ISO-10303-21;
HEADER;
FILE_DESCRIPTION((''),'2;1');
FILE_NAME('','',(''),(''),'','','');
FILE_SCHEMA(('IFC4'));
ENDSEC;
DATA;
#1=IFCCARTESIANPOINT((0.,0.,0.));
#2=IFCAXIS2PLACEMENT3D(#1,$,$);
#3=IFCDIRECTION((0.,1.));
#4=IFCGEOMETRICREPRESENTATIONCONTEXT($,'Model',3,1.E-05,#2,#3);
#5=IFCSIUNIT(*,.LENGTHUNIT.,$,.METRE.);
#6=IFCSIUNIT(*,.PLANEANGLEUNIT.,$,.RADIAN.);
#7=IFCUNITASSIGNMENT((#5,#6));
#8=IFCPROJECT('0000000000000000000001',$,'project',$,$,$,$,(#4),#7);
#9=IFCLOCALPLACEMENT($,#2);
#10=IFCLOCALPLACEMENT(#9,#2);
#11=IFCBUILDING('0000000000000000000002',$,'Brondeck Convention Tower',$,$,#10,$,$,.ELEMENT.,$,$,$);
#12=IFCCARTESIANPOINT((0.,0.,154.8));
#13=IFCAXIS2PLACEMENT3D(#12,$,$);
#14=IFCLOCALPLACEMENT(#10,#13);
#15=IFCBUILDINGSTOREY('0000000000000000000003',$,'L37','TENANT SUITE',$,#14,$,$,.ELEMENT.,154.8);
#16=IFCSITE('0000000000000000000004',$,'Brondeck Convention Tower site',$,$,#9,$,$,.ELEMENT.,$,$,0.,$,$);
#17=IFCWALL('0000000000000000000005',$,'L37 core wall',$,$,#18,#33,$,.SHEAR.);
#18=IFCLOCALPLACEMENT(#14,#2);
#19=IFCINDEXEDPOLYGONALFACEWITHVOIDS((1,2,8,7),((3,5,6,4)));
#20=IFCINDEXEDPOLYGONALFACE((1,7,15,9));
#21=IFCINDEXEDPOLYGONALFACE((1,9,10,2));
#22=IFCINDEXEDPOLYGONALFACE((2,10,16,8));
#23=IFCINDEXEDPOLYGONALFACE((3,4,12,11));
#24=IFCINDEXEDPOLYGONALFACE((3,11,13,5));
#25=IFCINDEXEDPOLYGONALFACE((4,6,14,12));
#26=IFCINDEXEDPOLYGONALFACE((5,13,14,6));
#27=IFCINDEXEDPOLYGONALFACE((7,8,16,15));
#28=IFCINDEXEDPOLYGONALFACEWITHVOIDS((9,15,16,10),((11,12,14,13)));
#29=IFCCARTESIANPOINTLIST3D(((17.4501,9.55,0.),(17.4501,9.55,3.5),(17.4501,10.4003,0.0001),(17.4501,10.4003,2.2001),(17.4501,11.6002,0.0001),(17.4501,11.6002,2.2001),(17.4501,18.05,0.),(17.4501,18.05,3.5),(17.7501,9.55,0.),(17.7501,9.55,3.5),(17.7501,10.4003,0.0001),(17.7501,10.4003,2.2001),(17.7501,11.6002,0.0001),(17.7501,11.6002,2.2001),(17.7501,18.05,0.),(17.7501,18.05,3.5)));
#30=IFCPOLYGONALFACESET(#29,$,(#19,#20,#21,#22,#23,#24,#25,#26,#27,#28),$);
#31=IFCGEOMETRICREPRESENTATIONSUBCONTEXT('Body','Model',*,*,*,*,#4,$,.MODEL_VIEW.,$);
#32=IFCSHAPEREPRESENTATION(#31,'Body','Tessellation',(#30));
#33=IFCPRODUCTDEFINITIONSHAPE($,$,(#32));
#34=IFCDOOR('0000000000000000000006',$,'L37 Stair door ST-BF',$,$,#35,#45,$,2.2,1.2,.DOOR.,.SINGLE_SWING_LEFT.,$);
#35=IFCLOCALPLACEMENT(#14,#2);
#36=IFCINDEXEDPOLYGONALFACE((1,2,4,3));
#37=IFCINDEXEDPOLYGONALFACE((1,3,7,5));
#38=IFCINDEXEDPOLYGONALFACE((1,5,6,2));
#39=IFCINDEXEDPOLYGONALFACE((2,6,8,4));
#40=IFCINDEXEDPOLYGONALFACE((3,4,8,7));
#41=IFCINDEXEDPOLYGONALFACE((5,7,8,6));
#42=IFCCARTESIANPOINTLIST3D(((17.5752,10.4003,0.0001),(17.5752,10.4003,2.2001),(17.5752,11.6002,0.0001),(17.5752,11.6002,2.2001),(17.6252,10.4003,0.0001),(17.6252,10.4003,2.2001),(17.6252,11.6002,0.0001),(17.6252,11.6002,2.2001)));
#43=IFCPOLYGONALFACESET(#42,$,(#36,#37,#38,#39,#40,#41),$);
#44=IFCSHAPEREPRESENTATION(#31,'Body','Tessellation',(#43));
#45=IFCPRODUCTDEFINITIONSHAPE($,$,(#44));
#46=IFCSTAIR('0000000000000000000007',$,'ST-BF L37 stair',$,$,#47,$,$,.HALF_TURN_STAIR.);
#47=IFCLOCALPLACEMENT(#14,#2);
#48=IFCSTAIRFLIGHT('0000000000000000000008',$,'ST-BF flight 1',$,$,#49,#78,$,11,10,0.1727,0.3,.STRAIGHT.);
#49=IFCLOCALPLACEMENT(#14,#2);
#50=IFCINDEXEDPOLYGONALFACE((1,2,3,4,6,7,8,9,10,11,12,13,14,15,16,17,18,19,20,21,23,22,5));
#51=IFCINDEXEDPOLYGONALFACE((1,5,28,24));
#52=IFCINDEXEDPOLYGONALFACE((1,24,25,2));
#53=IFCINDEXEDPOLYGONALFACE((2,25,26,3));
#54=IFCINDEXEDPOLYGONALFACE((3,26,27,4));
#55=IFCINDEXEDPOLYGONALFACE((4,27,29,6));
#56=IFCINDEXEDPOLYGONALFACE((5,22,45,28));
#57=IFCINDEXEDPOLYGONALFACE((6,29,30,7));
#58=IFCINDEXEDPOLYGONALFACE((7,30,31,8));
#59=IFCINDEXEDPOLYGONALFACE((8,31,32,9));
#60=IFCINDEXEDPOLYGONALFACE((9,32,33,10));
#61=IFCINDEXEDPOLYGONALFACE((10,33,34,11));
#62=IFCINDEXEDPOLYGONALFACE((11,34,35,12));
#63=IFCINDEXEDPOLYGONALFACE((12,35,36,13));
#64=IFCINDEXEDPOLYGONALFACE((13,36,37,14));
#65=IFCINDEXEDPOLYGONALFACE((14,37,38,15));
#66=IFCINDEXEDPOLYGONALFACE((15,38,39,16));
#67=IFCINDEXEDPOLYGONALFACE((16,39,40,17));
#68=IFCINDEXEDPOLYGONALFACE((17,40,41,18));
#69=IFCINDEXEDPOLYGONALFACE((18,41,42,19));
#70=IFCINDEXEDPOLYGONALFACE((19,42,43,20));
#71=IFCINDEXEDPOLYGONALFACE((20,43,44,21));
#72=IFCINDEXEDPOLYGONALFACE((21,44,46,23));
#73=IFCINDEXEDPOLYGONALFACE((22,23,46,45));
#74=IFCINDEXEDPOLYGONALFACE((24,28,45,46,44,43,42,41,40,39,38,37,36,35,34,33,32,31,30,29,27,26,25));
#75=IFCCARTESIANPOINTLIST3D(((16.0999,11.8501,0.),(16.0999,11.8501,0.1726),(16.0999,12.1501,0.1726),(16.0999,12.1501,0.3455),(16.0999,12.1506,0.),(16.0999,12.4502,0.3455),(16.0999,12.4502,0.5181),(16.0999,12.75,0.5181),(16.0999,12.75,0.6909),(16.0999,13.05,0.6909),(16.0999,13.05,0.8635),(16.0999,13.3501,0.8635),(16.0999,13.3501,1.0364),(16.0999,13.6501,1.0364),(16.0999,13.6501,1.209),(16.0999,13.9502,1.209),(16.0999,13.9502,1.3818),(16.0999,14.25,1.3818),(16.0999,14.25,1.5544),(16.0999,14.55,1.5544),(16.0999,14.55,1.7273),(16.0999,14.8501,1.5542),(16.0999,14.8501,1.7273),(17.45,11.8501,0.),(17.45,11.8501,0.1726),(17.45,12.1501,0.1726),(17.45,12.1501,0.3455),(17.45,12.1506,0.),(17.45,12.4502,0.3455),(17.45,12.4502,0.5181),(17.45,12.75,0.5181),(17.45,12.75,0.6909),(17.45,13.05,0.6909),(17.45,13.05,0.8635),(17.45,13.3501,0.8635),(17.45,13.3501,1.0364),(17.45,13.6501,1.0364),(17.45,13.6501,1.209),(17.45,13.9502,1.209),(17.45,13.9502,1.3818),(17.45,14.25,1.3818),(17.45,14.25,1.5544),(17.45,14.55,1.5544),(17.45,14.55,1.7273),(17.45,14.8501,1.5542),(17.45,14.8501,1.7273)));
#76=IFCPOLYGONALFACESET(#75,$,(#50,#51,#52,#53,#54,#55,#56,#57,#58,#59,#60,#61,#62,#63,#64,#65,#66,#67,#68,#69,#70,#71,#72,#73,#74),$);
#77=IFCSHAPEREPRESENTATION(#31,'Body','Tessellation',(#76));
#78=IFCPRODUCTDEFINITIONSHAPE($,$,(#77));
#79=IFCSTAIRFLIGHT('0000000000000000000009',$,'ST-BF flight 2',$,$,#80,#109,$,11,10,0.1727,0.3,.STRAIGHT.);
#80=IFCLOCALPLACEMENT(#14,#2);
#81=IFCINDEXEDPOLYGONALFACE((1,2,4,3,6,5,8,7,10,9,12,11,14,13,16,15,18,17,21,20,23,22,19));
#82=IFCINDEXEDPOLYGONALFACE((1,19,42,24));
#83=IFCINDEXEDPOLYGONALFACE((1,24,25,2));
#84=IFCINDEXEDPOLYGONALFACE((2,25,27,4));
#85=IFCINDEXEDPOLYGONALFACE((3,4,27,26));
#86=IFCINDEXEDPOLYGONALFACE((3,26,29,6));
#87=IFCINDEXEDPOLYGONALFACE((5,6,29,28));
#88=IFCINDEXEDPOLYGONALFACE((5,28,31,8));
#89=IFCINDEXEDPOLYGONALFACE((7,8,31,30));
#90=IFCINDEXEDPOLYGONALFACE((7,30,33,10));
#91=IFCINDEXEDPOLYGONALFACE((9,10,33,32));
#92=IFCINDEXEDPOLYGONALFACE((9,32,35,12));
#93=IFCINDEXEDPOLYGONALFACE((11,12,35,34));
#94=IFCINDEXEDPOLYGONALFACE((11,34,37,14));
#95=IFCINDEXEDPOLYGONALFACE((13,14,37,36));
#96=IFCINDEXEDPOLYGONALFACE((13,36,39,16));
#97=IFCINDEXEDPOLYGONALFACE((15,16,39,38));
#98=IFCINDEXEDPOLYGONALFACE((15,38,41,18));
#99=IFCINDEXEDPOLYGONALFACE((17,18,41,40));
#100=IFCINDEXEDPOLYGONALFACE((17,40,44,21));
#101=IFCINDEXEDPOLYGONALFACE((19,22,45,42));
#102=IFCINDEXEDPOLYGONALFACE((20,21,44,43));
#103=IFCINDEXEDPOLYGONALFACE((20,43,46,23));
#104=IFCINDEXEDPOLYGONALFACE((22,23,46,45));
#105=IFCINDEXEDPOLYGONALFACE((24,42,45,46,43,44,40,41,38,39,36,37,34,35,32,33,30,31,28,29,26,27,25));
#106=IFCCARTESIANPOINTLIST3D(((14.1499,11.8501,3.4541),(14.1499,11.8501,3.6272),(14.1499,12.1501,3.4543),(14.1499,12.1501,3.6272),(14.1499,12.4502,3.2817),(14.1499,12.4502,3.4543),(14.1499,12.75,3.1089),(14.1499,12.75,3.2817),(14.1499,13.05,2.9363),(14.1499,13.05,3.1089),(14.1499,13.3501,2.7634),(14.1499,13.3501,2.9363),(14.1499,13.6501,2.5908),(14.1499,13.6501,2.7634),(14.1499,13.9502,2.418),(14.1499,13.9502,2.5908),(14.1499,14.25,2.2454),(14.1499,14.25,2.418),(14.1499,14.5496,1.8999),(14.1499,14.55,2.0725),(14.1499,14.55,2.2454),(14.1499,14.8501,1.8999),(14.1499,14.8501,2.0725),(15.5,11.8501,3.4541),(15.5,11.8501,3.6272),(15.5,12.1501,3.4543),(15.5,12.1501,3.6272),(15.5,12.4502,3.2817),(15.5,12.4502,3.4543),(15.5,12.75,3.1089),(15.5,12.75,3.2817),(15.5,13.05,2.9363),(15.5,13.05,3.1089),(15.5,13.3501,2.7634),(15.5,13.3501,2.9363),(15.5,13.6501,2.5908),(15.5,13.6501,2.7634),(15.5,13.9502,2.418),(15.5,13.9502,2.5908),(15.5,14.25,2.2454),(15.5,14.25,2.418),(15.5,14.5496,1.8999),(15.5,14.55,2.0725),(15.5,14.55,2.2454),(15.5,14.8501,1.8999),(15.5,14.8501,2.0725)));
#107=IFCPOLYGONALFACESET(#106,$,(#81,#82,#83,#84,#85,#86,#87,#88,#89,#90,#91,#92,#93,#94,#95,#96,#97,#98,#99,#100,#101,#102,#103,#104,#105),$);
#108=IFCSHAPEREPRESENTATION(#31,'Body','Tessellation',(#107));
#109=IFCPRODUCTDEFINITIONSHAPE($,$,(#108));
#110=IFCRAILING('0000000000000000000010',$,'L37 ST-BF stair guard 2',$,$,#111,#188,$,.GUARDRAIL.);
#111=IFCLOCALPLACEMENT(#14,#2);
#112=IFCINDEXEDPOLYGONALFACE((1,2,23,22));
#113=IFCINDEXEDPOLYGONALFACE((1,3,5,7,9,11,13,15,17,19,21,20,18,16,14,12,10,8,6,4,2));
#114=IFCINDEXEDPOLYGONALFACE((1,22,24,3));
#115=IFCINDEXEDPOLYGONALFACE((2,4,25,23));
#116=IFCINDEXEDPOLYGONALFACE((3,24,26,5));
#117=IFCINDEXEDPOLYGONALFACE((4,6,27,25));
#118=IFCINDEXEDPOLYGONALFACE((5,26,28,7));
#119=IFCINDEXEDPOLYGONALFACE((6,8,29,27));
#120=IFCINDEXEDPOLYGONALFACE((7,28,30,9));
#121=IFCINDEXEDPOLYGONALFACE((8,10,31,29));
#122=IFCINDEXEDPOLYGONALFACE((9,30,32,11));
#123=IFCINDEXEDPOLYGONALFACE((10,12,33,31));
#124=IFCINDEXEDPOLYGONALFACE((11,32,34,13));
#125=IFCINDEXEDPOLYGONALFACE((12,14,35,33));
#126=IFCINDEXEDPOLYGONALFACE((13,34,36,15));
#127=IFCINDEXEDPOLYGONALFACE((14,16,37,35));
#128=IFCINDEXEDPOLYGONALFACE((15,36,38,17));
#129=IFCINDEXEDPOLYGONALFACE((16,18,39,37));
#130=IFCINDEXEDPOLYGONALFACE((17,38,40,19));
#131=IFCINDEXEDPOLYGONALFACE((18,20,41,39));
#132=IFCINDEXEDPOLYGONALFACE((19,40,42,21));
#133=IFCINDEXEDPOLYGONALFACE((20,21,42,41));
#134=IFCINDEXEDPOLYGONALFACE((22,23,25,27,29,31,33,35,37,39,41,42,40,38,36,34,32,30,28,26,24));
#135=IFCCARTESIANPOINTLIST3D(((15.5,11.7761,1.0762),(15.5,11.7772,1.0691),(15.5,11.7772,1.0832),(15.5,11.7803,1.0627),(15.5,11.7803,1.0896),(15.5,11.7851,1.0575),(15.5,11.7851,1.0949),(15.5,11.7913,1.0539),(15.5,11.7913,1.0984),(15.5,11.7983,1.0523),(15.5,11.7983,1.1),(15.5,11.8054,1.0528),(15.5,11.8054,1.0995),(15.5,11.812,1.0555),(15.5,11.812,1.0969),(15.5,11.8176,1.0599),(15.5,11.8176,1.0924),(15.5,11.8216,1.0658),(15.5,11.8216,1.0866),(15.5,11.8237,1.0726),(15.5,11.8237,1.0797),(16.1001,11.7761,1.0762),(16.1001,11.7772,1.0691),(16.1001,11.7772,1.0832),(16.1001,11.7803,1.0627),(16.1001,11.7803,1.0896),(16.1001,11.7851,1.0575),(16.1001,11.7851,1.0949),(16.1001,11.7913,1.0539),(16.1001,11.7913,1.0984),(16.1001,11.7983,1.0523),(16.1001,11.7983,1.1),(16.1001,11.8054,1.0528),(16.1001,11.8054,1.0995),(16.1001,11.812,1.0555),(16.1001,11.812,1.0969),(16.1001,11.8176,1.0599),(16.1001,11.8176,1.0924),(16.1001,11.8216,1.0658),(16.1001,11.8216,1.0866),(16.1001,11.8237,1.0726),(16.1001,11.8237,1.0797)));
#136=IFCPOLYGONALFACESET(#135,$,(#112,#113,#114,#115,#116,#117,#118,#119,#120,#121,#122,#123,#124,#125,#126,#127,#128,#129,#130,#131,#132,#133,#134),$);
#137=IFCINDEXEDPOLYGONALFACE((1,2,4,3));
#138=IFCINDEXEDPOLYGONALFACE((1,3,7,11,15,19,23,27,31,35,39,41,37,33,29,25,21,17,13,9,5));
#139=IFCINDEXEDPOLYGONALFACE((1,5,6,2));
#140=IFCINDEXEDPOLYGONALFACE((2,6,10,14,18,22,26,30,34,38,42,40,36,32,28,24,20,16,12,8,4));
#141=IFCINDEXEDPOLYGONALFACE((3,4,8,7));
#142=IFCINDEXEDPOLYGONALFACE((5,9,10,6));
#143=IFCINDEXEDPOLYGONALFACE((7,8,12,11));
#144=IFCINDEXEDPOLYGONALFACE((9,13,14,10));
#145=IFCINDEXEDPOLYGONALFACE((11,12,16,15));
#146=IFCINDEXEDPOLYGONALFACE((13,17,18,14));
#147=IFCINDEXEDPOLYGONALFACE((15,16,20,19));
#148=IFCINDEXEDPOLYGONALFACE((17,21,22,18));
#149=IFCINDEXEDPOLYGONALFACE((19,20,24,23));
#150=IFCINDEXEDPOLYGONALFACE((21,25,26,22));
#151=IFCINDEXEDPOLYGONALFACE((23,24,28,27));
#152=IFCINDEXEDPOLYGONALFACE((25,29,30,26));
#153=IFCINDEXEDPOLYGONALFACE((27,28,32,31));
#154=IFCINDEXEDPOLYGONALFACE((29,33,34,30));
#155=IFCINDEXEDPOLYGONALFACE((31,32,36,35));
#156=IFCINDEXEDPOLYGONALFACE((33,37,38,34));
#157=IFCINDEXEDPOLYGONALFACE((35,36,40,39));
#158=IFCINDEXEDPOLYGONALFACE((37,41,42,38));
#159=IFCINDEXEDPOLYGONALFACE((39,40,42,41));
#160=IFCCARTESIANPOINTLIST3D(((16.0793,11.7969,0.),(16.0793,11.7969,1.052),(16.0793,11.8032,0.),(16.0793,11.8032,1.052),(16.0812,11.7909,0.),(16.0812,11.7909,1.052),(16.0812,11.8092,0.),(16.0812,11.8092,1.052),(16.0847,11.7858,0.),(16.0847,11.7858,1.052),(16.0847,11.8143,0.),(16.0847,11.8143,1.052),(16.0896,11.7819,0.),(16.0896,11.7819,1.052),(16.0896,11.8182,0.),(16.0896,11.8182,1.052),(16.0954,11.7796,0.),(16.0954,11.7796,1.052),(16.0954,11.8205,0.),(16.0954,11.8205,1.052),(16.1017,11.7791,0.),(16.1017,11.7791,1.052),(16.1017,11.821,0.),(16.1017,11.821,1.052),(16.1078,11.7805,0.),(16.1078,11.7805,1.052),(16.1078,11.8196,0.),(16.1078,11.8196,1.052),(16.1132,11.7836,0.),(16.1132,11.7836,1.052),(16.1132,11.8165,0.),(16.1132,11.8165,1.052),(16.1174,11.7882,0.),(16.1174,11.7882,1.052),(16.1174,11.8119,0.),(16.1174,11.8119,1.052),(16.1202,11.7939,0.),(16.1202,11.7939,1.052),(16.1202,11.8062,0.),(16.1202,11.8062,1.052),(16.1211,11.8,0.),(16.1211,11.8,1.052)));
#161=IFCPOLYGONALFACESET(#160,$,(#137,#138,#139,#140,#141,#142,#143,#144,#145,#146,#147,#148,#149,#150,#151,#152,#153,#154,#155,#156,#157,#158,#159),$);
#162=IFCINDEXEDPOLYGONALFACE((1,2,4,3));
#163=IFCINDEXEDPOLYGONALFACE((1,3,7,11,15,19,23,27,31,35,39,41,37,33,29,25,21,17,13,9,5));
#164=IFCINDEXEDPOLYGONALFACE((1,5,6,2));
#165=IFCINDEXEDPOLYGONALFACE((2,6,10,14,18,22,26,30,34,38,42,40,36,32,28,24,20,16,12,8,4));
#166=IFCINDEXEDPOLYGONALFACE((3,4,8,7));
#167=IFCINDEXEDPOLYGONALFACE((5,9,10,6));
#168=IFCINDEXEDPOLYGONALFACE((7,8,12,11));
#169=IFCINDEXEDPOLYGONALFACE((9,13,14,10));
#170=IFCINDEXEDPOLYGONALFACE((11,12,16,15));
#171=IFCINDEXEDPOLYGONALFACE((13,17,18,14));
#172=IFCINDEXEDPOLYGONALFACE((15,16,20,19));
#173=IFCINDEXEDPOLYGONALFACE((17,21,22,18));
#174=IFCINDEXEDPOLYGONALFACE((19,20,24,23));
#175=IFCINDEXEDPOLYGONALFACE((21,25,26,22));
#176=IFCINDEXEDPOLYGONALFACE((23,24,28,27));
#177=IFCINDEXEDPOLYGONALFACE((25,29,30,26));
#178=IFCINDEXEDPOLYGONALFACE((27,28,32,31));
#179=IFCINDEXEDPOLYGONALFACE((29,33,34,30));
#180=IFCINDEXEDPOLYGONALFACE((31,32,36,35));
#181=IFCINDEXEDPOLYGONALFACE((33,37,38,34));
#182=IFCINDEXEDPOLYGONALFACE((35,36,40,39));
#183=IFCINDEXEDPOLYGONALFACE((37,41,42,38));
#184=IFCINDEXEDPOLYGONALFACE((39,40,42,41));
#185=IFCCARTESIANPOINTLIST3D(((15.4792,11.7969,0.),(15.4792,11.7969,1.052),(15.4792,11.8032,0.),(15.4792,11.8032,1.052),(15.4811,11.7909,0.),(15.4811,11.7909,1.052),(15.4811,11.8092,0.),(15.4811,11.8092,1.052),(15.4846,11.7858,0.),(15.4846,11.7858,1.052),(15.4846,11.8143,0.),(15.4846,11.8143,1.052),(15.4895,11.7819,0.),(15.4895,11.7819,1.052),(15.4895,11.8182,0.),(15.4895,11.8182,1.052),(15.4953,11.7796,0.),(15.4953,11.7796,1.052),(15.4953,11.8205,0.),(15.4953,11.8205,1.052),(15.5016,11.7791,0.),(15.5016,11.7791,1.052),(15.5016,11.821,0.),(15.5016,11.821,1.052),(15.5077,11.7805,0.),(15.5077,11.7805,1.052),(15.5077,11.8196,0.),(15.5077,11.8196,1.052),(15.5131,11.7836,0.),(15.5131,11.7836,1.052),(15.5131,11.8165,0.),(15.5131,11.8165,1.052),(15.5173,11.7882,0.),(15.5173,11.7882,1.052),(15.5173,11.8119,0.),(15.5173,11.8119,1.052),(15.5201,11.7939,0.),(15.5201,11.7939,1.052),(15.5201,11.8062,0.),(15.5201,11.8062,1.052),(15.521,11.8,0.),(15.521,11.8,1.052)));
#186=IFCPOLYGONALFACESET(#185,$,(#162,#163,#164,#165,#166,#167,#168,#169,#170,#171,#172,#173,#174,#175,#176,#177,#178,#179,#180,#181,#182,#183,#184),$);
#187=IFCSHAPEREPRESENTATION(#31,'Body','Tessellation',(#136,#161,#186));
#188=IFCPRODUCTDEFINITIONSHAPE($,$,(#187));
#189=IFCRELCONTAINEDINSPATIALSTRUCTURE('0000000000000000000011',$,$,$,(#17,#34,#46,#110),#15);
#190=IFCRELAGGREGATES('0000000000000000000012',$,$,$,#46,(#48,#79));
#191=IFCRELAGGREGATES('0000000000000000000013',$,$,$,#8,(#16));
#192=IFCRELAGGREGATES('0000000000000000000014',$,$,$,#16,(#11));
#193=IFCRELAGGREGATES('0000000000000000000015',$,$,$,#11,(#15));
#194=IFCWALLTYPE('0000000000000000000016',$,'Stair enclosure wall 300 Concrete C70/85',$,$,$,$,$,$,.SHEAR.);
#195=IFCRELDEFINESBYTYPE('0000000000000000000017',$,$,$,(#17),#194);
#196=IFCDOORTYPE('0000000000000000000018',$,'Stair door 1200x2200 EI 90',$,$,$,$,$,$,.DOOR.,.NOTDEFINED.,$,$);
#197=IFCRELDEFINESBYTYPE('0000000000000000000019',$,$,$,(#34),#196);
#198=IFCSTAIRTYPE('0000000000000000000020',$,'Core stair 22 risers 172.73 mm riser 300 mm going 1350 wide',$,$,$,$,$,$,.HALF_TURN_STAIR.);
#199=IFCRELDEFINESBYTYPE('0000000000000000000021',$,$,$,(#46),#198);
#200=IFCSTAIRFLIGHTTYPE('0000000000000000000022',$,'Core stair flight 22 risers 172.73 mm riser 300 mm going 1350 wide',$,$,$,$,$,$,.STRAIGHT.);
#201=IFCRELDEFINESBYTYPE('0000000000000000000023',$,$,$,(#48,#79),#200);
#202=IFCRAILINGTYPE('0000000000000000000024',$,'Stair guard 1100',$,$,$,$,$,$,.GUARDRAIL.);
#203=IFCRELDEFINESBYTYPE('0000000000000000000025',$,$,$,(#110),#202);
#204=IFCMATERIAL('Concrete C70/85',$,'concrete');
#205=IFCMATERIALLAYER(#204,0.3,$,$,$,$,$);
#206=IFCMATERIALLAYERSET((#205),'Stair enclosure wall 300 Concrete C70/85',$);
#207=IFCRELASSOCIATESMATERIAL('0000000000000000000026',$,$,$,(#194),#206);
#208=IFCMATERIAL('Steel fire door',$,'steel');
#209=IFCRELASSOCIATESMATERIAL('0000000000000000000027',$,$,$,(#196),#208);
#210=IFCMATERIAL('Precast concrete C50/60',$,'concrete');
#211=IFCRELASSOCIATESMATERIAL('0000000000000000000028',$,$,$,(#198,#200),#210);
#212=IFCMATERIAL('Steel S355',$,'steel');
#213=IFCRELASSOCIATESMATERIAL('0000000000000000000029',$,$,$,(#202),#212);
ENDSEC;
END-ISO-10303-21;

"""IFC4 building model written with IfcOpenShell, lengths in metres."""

from ifc_helpers import new_model, si_unit, direction, frame, frame_2d, origin, origin_2d, place, context, subcontext, project, spatial, polyline, rectangle, circle, outline, extrude, material, layer, layer_set, type_object, element, fill, aggregate, save


model = new_model("IFC4")

# Units and contexts
model_context = context("Model", 3, precision=1e-05, world=origin(), true_north=direction((0.0, 1.0)))
body_context = subcontext(model_context, "Body", "Model", "MODEL_VIEW")
ifc_project = project(units=[si_unit("LENGTHUNIT", "METRE"), si_unit("PLANEANGLEUNIT", "RADIAN")], contexts=[model_context])

# Site, building, storey
site_placement = place(None, origin())
site = spatial("IfcSite", under=ifc_project, at=site_placement, Name="Brondeck Convention Tower site", CompositionType="ELEMENT", RefElevation=0.0)
building_placement = place(site_placement, origin())
building = spatial("IfcBuilding", under=site, at=building_placement, Name="Brondeck Convention Tower", CompositionType="ELEMENT")
storey_placement = place(building_placement, frame((0.0, 0.0, 154.8)))
storey = spatial("IfcBuildingStorey", under=building, at=storey_placement, Name="L37", Description="TENANT SUITE", CompositionType="ELEMENT", Elevation=154.8)

# Shared definitions
ifc_material_1 = material(Name="Concrete C70/85", Category="concrete")

# Shared definitions
ifc_material_2 = material(Name="Steel S355", Category="steel")

# Shared definitions
ifc_layer_1 = layer(ifc_material_1, 0.3)
ifc_layer_set_1 = layer_set([ifc_layer_1], Name="Stair enclosure wall 300 Concrete C70/85")
wall_type_1 = type_object("IfcWallType", Name="Stair enclosure wall 300 Concrete C70/85", PredefinedType="SHEAR", material=ifc_layer_set_1)

# Wall, opening, door
wall_1_placement = place(storey_placement, frame((17.6001, 9.55, 0.0), z_axis=(0.0, 0.0, 1.0), x_axis=(0.0, 1.0, 0.0)))
wall_1 = element("IfcWall", 1, at=wall_1_placement, inside=storey, type_object=wall_type_1, Name="L37 core wall", PredefinedType="SHEAR", context=body_context, shape_type="SweptSolid", body=[
    extrude(rectangle(XDim=8.5, YDim=0.3, at=frame_2d((4.25, 0.0))), origin(), (0.0, 0.0, 1.0), 3.5),
])
opening_1_placement = place(wall_1_placement, frame((0.8501, 0.0, 0.0)))
opening_1 = element("IfcOpeningElement", 2, at=opening_1_placement, cuts=wall_1, PredefinedType="OPENING", context=body_context, shape_type="SweptSolid", body=[
    extrude(rectangle(XDim=1.2, YDim=2.2, at=frame_2d((0.6001, 1.1001))), frame((0.0, 0.1599, 0.0), z_axis=(0.0, -1.0, 0.0), x_axis=(1.0, 0.0, 0.0)), (0.0, 0.0, 1.0), 0.3201),
])
ifc_material_3 = material(Name="Steel fire door", Category="steel")
door_type_1 = type_object("IfcDoorType", Name="Stair door 1200x2200 EI 90", OperationType="NOTDEFINED", PredefinedType="DOOR", material=ifc_material_3)
door_1_placement = place(opening_1_placement, origin())
door_1 = element("IfcDoor", 3, at=door_1_placement, inside=storey, type_object=door_type_1, Name="L37 Stair door ST-BF", OperationType="SINGLE_SWING_LEFT", OverallHeight=2.2, OverallWidth=1.2, PredefinedType="DOOR", context=body_context, shape_type="SweptSolid", body=[
    extrude(rectangle(XDim=1.2, YDim=2.2, at=frame_2d((0.6001, 1.1001))), frame((0.0, 0.0249, 0.0), z_axis=(0.0, -1.0, 0.0), x_axis=(1.0, 0.0, 0.0)), (0.0, 0.0, 1.0), 0.05),
])
fill(opening_1, door_1)

# Stair, stair flights
ifc_material_4 = material(Name="Precast concrete C50/60", Category="concrete")
stair_type = type_object("IfcStairType", Name="Core stair 22 risers 172.73 mm riser 300 mm going 1350 wide", PredefinedType="HALF_TURN_STAIR", material=ifc_material_4)
stair_placement = place(storey_placement, origin())
stair = element("IfcStair", 4, at=stair_placement, inside=storey, type_object=stair_type, Name="ST-BF L37 stair", PredefinedType="HALF_TURN_STAIR")
stair_flight_type = type_object("IfcStairFlightType", Name="Core stair flight 22 risers 172.73 mm riser 300 mm going 1350 wide", PredefinedType="STRAIGHT", material=ifc_material_4)
stair_flight_1_placement = place(storey_placement, frame((16.7749, 11.8501, 0.0), z_axis=(0.0, 0.0, 1.0), x_axis=(0.0, 1.0, 0.0)))
stair_flight_1 = element("IfcStairFlight", 5, at=stair_flight_1_placement, type_object=stair_flight_type, Name="ST-BF flight 1", NumberOfRisers=11, NumberOfTreads=10, PredefinedType="STRAIGHT", RiserHeight=0.1727, TreadLength=0.3, context=body_context, shape_type="SweptSolid", body=[
    extrude(outline(polyline([(0.0, 0.0), (0.0, 0.1726), (0.3, 0.1726), (0.3, 0.3455), (0.6001, 0.3455), (0.6001, 0.5181), (0.8999, 0.5181), (0.8999, 0.6909), (1.2, 0.6909), (1.2, 0.8635), (1.5, 0.8635), (1.5, 1.0364), (1.8, 1.0364), (1.8, 1.209), (2.1001, 1.209), (2.1001, 1.3818), (2.3999, 1.3818), (2.3999, 1.5544), (2.7, 1.5544), (2.7, 1.7273), (3.0, 1.7273), (3.0, 1.8999), (3.0, 1.5542), (0.3005, 0.0), (0.0, 0.0)])), frame((0.0, 0.675, 0.0), z_axis=(0.0, -1.0, 0.0), x_axis=(1.0, 0.0, 0.0)), (0.0, 0.0, 1.0), 1.3501),
])
stair_flight_2_placement = place(storey_placement, frame((14.825, 14.8501, 1.8999), z_axis=(0.0, 0.0, 1.0), x_axis=(0.0, -1.0, 0.0)))
stair_flight_2 = element("IfcStairFlight", 6, at=stair_flight_2_placement, type_object=stair_flight_type, Name="ST-BF flight 2", NumberOfRisers=11, NumberOfTreads=10, PredefinedType="STRAIGHT", RiserHeight=0.1727, TreadLength=0.3, context=body_context, shape_type="SweptSolid", body=[
    extrude(outline(polyline([(0.0, 0.0), (0.0, 0.1726), (0.3, 0.1726), (0.3, 0.3455), (0.6001, 0.3455), (0.6001, 0.5181), (0.8999, 0.5181), (0.8999, 0.6909), (1.2, 0.6909), (1.2, 0.8635), (1.5, 0.8635), (1.5, 1.0364), (1.8, 1.0364), (1.8, 1.209), (2.1001, 1.209), (2.1001, 1.3818), (2.3999, 1.3818), (2.3999, 1.5544), (2.7, 1.5544), (2.7, 1.7273), (3.0, 1.7273), (3.0, 1.8999), (3.0, 1.5542), (0.3005, 0.0), (0.0, 0.0)])), frame((0.0, 0.675, 0.0), z_axis=(0.0, -1.0, 0.0), x_axis=(1.0, 0.0, 0.0)), (0.0, 0.0, 1.0), 1.3501),
])
aggregate(stair, [stair_flight_1, stair_flight_2])

# Railing
railing_type_1 = type_object("IfcRailingType", Name="Stair guard 1100", PredefinedType="GUARDRAIL", material=ifc_material_2)
railing_1_placement = place(storey_placement, frame((16.1001, 11.8, 0.0)))
element("IfcRailing", 7, at=railing_1_placement, inside=storey, type_object=railing_type_1, Name="L37 ST-BF stair guard 2", PredefinedType="GUARDRAIL", context=body_context, shape_type="SweptSolid", body=[
    extrude(circle(Radius=0.0239, at=origin_2d()), frame((0.0, 0.0, 1.0762), z_axis=(-1.0, 0.0, 0.0), x_axis=(0.0, -1.0, 0.0)), (0.0, 0.0, 1.0), 0.6001),
    extrude(circle(Radius=0.021, at=origin_2d()), origin(), (0.0, 0.0, 1.0), 1.052),
    extrude(circle(Radius=0.021, at=origin_2d()), frame((-0.6001, 0.0, 0.0)), (0.0, 0.0, 1.0), 1.052),
])

save(model, "model.ifc")
